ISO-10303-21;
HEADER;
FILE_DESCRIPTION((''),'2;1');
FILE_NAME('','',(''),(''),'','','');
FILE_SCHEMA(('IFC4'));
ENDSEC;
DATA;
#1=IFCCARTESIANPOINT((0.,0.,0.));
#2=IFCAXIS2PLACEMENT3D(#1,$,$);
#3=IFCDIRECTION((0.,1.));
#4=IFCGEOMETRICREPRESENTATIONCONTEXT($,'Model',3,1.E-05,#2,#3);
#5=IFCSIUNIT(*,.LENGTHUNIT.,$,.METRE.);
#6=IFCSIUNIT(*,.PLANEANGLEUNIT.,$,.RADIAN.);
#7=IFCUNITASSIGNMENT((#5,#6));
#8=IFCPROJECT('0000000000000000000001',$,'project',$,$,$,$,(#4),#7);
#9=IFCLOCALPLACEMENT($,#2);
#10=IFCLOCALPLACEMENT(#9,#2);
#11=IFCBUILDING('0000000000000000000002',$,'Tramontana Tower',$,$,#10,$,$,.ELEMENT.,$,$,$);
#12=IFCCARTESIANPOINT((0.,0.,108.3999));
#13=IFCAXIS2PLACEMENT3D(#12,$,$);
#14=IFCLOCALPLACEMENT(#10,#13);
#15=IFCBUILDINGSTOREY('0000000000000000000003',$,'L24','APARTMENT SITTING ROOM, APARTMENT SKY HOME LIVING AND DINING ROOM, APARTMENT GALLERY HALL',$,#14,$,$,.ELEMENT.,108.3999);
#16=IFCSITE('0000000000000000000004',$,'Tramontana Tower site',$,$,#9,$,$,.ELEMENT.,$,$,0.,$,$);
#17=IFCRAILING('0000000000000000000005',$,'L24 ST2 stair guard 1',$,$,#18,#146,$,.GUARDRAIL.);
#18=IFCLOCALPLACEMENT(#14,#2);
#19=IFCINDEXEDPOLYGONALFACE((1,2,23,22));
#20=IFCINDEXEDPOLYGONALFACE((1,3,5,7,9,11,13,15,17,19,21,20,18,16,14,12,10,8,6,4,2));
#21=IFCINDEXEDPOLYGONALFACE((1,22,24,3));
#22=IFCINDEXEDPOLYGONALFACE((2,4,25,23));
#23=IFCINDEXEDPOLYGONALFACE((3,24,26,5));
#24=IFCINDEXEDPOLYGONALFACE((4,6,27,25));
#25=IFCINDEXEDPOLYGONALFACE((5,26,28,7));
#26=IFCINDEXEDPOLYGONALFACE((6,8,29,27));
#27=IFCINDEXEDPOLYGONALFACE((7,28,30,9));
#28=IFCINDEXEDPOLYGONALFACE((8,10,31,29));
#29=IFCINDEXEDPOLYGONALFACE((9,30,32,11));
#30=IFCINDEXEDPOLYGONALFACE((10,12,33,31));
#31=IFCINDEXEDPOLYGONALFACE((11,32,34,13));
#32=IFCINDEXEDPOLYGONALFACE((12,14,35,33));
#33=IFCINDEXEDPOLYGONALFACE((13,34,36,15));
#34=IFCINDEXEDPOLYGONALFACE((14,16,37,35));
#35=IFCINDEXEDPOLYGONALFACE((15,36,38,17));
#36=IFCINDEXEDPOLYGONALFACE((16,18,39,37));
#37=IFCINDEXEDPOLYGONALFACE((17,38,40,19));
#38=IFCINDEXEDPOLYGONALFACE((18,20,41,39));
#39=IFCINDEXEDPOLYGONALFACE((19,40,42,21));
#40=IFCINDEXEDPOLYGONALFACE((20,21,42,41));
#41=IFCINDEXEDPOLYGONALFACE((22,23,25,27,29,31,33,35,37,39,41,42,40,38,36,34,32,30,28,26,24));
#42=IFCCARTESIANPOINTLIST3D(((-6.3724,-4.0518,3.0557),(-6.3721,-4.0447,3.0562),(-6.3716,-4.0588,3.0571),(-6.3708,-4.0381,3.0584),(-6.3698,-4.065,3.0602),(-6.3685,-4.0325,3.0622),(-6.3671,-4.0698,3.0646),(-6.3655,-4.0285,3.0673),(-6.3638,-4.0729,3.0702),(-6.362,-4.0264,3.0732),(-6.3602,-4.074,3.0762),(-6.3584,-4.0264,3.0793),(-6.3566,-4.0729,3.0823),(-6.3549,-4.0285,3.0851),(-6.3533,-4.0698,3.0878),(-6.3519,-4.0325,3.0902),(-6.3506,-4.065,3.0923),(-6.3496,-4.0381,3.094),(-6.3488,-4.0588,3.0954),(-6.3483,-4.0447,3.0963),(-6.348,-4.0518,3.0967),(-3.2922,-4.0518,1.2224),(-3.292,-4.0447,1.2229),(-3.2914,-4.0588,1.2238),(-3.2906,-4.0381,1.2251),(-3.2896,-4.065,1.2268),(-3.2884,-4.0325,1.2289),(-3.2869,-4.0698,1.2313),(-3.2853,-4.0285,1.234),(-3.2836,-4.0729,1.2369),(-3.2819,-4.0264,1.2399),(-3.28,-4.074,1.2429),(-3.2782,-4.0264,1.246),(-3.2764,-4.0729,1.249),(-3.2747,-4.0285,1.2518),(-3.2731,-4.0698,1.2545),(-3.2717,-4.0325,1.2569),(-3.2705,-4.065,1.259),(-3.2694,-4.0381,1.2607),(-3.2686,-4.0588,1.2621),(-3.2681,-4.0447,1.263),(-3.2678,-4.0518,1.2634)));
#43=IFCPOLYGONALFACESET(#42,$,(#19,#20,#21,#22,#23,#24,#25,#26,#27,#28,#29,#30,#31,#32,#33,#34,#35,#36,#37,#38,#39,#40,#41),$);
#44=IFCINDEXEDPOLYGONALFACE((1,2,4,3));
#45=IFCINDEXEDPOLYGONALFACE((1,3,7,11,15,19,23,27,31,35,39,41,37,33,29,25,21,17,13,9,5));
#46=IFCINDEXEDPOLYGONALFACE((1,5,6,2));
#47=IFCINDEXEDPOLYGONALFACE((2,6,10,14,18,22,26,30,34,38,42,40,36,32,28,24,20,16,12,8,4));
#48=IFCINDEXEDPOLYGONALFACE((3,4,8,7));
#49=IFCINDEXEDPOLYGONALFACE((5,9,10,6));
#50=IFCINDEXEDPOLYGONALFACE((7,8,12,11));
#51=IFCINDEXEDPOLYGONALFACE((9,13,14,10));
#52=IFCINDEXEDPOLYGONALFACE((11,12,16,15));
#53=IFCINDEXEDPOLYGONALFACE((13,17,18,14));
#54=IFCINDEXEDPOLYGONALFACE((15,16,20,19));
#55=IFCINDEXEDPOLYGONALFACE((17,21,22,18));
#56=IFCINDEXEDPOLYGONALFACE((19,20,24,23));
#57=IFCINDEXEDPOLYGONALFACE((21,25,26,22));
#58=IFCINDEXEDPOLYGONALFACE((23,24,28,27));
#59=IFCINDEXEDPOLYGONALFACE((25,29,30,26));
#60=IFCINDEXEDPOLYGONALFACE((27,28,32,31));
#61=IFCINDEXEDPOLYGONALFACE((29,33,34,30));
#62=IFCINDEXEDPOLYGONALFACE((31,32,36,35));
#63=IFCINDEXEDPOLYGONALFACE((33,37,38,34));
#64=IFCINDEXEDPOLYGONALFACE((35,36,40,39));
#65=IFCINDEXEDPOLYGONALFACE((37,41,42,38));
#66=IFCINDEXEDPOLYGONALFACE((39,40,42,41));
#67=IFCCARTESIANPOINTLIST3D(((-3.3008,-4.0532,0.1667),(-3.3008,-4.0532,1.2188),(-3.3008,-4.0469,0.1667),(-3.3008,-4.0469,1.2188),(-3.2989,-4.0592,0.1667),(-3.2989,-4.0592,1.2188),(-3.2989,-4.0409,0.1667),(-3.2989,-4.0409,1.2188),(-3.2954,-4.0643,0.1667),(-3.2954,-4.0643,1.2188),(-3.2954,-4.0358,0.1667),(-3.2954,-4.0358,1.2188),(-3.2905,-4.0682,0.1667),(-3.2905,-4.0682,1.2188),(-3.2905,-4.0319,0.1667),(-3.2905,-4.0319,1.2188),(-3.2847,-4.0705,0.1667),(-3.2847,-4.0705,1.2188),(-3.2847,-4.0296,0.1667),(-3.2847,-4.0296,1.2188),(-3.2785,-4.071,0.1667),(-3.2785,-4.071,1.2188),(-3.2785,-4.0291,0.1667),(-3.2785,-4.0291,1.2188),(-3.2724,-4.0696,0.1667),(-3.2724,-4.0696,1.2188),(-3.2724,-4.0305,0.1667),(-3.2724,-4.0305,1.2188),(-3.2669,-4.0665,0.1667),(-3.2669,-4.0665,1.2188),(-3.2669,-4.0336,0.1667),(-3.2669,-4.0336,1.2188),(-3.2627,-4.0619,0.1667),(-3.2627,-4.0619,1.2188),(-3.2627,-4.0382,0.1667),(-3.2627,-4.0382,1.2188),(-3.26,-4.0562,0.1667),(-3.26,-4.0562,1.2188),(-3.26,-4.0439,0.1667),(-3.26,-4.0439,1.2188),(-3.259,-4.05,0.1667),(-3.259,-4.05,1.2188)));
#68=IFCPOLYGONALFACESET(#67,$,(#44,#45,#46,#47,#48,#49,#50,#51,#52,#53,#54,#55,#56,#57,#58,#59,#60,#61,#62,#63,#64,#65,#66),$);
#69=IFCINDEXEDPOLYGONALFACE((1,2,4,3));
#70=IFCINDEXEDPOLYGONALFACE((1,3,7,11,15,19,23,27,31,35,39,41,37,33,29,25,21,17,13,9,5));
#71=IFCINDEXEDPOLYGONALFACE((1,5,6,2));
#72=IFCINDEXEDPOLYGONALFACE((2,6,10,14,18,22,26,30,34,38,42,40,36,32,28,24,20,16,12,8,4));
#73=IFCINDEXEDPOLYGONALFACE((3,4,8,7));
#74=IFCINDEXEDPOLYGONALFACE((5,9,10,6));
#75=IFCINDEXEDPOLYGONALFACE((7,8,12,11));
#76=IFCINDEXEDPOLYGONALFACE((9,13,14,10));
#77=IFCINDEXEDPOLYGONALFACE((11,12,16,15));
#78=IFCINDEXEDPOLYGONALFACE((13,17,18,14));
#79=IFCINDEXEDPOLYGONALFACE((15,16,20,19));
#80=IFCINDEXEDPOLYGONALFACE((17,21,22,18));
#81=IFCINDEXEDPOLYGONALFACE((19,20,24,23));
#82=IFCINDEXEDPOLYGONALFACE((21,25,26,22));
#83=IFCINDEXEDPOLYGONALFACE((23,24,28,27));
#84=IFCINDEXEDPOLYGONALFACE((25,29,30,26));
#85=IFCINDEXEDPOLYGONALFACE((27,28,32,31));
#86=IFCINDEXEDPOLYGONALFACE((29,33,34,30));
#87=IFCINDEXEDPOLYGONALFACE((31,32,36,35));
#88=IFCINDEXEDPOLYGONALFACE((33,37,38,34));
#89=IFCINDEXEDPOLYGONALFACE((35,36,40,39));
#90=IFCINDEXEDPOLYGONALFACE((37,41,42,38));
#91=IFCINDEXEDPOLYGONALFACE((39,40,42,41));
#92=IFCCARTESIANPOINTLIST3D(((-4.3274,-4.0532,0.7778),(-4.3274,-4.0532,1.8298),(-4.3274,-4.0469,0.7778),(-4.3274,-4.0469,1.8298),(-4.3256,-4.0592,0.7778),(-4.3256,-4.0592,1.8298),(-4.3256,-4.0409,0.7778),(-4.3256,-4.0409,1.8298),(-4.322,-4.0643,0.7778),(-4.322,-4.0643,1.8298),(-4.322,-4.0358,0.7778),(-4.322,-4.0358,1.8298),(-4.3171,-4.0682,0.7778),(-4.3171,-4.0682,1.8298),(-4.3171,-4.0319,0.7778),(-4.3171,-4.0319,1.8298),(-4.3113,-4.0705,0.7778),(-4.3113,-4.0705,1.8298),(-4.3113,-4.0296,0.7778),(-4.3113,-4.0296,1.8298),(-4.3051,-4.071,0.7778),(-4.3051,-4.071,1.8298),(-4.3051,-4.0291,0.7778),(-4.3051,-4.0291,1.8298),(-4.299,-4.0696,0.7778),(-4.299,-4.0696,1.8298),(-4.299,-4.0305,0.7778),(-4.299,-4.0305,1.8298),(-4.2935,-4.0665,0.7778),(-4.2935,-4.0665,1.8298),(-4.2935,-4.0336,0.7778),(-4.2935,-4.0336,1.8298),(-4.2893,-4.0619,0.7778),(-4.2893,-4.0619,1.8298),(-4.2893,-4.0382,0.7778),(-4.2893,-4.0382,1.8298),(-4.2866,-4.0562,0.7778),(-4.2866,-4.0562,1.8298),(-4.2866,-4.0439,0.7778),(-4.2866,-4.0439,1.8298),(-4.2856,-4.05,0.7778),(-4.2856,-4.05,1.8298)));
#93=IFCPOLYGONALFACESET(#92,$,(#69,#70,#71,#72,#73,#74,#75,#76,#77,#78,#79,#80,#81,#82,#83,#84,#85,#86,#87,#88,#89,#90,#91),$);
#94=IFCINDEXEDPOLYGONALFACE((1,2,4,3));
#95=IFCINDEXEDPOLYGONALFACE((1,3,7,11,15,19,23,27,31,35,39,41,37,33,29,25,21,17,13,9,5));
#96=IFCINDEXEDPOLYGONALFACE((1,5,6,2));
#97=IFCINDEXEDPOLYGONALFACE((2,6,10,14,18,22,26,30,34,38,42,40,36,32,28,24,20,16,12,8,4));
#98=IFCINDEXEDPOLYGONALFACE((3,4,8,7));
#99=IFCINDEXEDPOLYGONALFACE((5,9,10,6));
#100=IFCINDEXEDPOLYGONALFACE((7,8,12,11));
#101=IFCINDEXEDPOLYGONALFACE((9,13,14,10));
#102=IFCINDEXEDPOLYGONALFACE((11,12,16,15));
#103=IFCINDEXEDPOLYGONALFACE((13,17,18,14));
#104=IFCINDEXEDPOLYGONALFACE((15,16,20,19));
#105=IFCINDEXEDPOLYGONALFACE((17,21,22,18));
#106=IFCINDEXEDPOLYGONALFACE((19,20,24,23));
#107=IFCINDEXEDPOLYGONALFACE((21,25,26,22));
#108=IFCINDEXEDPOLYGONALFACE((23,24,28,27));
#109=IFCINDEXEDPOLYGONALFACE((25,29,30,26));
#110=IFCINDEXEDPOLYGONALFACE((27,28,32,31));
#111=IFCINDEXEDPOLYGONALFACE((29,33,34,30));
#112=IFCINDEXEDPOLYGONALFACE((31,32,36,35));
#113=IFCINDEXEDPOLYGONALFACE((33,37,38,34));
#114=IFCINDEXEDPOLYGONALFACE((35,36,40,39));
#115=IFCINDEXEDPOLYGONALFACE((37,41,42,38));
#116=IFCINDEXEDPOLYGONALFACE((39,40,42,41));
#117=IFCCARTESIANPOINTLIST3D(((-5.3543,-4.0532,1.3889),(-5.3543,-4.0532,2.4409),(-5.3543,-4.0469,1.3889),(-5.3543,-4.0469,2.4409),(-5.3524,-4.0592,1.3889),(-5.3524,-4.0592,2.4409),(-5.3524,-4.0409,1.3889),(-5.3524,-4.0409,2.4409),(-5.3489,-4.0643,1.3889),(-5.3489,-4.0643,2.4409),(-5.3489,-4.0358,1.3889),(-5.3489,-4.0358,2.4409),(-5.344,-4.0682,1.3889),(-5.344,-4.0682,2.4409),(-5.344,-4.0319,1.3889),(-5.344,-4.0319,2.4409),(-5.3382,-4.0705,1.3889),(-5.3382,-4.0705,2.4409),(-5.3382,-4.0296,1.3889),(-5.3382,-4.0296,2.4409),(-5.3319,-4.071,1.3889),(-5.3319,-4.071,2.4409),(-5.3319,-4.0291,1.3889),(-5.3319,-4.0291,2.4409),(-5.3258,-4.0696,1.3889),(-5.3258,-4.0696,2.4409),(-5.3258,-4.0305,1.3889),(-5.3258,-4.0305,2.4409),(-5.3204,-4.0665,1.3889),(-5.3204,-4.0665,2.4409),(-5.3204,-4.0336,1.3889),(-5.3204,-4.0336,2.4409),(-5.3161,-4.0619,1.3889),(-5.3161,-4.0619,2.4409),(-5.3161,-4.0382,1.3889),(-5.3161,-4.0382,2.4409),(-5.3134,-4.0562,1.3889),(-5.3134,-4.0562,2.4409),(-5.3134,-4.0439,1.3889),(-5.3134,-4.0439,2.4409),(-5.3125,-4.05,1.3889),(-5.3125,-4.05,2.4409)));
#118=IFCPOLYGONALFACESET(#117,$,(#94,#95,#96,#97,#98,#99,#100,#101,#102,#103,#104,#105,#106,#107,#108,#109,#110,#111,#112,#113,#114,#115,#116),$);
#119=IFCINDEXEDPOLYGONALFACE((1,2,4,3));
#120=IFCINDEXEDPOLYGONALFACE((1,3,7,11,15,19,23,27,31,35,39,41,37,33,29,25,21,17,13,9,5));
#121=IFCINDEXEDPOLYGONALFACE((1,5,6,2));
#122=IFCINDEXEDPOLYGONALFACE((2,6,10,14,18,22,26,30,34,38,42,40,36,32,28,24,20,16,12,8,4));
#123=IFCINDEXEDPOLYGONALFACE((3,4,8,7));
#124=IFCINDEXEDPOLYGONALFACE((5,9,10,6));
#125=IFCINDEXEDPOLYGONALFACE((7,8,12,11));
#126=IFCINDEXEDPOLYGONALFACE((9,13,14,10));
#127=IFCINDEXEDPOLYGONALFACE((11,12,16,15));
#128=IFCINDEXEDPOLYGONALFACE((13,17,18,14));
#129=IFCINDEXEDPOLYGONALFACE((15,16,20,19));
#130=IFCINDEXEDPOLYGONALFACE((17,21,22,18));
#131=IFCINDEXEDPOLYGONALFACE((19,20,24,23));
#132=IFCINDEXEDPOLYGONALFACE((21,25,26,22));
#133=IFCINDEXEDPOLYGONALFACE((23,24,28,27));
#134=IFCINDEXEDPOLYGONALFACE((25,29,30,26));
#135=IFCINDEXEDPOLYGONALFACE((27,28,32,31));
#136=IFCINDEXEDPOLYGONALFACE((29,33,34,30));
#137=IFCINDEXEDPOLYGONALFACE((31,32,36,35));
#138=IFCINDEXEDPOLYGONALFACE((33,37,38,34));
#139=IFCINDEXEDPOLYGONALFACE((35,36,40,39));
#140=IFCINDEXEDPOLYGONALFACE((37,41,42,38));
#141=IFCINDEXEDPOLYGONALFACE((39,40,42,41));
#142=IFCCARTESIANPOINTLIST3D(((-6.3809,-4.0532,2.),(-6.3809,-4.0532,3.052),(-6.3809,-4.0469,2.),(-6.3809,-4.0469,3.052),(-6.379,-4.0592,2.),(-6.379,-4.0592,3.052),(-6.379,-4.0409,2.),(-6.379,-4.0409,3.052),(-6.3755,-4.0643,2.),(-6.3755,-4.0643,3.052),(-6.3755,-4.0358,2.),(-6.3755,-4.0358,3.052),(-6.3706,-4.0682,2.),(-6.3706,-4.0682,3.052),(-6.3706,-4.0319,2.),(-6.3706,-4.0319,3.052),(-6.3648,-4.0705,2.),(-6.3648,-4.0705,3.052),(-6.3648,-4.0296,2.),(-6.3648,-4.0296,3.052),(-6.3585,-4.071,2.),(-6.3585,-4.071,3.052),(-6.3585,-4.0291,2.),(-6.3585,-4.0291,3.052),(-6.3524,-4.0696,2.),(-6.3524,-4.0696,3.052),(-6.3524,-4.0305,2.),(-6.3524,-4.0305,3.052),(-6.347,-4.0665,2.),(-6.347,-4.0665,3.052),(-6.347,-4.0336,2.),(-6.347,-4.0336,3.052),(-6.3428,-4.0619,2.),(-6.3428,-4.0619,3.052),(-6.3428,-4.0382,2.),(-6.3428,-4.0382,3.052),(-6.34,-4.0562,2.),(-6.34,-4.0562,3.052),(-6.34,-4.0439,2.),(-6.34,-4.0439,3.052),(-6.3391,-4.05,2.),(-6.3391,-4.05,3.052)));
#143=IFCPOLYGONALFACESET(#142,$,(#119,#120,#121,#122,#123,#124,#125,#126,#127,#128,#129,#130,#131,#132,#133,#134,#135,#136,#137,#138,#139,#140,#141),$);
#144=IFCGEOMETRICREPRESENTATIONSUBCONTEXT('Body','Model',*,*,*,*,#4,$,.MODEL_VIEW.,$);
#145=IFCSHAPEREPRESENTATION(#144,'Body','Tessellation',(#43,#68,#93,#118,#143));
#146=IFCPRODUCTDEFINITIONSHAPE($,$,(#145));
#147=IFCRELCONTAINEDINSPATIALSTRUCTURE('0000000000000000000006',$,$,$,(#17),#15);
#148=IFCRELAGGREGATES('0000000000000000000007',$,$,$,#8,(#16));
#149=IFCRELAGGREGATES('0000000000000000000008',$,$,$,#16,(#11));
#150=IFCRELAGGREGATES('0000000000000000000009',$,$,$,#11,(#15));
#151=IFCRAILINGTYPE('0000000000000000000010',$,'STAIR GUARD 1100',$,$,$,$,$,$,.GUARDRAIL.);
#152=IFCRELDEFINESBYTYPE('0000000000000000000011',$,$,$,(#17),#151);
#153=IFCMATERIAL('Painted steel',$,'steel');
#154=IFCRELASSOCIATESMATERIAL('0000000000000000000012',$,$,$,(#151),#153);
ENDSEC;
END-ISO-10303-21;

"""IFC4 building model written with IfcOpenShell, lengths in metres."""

from ifc_helpers import new_model, si_unit, direction, frame, origin, origin_2d, place, context, subcontext, project, spatial, circle, extrude, material, type_object, element, save


model = new_model("IFC4")

# Units and contexts
model_context = context("Model", 3, precision=1e-05, world=origin(), true_north=direction((0.0, 1.0)))
body_context = subcontext(model_context, "Body", "Model", "MODEL_VIEW")
ifc_project = project(units=[si_unit("LENGTHUNIT", "METRE"), si_unit("PLANEANGLEUNIT", "RADIAN")], contexts=[model_context])

# Site, building, storey
site_placement = place(None, origin())
site = spatial("IfcSite", under=ifc_project, at=site_placement, Name="Tramontana Tower site", CompositionType="ELEMENT", RefElevation=0.0)
building_placement = place(site_placement, origin())
building = spatial("IfcBuilding", under=site, at=building_placement, Name="Tramontana Tower", CompositionType="ELEMENT")
storey_placement = place(building_placement, frame((0.0, 0.0, 108.3999)))
storey = spatial("IfcBuildingStorey", under=building, at=storey_placement, Name="L24", Description="APARTMENT SITTING ROOM, APARTMENT SKY HOME LIVING AND DINING ROOM, APARTMENT GALLERY HALL", CompositionType="ELEMENT", Elevation=108.3999)

# Railing
ifc_material_1 = material(Name="Painted steel", Category="steel")
railing_type_1 = type_object("IfcRailingType", Name="STAIR GUARD 1100", PredefinedType="GUARDRAIL", material=ifc_material_1)
railing_1_placement = place(storey_placement, frame((-3.28, -4.05, 0.1667)))
element("IfcRailing", 1, at=railing_1_placement, inside=storey, type_object=railing_type_1, Name="L24 ST2 stair guard 1", PredefinedType="GUARDRAIL", context=body_context, shape_type="SweptSolid", body=[
    extrude(circle(Radius=0.0239, at=origin_2d()), frame((0.0, 0.0, 1.0762), z_axis=(-0.859309, 0.0, 0.511458), x_axis=(0.0, -1.0, 0.0)), (0.0, 0.0, 1.0), 3.5845),
    extrude(circle(Radius=0.021, at=origin_2d()), origin(), (0.0, 0.0, 1.0), 1.052),
    extrude(circle(Radius=0.021, at=origin_2d()), frame((-1.0266, 0.0, 0.6111)), (0.0, 0.0, 1.0), 1.052),
    extrude(circle(Radius=0.021, at=origin_2d()), frame((-2.0535, 0.0, 1.2222)), (0.0, 0.0, 1.0), 1.052),
    extrude(circle(Radius=0.021, at=origin_2d()), frame((-3.0801, 0.0, 1.8333)), (0.0, 0.0, 1.0), 1.052),
])

save(model, "model.ifc")
